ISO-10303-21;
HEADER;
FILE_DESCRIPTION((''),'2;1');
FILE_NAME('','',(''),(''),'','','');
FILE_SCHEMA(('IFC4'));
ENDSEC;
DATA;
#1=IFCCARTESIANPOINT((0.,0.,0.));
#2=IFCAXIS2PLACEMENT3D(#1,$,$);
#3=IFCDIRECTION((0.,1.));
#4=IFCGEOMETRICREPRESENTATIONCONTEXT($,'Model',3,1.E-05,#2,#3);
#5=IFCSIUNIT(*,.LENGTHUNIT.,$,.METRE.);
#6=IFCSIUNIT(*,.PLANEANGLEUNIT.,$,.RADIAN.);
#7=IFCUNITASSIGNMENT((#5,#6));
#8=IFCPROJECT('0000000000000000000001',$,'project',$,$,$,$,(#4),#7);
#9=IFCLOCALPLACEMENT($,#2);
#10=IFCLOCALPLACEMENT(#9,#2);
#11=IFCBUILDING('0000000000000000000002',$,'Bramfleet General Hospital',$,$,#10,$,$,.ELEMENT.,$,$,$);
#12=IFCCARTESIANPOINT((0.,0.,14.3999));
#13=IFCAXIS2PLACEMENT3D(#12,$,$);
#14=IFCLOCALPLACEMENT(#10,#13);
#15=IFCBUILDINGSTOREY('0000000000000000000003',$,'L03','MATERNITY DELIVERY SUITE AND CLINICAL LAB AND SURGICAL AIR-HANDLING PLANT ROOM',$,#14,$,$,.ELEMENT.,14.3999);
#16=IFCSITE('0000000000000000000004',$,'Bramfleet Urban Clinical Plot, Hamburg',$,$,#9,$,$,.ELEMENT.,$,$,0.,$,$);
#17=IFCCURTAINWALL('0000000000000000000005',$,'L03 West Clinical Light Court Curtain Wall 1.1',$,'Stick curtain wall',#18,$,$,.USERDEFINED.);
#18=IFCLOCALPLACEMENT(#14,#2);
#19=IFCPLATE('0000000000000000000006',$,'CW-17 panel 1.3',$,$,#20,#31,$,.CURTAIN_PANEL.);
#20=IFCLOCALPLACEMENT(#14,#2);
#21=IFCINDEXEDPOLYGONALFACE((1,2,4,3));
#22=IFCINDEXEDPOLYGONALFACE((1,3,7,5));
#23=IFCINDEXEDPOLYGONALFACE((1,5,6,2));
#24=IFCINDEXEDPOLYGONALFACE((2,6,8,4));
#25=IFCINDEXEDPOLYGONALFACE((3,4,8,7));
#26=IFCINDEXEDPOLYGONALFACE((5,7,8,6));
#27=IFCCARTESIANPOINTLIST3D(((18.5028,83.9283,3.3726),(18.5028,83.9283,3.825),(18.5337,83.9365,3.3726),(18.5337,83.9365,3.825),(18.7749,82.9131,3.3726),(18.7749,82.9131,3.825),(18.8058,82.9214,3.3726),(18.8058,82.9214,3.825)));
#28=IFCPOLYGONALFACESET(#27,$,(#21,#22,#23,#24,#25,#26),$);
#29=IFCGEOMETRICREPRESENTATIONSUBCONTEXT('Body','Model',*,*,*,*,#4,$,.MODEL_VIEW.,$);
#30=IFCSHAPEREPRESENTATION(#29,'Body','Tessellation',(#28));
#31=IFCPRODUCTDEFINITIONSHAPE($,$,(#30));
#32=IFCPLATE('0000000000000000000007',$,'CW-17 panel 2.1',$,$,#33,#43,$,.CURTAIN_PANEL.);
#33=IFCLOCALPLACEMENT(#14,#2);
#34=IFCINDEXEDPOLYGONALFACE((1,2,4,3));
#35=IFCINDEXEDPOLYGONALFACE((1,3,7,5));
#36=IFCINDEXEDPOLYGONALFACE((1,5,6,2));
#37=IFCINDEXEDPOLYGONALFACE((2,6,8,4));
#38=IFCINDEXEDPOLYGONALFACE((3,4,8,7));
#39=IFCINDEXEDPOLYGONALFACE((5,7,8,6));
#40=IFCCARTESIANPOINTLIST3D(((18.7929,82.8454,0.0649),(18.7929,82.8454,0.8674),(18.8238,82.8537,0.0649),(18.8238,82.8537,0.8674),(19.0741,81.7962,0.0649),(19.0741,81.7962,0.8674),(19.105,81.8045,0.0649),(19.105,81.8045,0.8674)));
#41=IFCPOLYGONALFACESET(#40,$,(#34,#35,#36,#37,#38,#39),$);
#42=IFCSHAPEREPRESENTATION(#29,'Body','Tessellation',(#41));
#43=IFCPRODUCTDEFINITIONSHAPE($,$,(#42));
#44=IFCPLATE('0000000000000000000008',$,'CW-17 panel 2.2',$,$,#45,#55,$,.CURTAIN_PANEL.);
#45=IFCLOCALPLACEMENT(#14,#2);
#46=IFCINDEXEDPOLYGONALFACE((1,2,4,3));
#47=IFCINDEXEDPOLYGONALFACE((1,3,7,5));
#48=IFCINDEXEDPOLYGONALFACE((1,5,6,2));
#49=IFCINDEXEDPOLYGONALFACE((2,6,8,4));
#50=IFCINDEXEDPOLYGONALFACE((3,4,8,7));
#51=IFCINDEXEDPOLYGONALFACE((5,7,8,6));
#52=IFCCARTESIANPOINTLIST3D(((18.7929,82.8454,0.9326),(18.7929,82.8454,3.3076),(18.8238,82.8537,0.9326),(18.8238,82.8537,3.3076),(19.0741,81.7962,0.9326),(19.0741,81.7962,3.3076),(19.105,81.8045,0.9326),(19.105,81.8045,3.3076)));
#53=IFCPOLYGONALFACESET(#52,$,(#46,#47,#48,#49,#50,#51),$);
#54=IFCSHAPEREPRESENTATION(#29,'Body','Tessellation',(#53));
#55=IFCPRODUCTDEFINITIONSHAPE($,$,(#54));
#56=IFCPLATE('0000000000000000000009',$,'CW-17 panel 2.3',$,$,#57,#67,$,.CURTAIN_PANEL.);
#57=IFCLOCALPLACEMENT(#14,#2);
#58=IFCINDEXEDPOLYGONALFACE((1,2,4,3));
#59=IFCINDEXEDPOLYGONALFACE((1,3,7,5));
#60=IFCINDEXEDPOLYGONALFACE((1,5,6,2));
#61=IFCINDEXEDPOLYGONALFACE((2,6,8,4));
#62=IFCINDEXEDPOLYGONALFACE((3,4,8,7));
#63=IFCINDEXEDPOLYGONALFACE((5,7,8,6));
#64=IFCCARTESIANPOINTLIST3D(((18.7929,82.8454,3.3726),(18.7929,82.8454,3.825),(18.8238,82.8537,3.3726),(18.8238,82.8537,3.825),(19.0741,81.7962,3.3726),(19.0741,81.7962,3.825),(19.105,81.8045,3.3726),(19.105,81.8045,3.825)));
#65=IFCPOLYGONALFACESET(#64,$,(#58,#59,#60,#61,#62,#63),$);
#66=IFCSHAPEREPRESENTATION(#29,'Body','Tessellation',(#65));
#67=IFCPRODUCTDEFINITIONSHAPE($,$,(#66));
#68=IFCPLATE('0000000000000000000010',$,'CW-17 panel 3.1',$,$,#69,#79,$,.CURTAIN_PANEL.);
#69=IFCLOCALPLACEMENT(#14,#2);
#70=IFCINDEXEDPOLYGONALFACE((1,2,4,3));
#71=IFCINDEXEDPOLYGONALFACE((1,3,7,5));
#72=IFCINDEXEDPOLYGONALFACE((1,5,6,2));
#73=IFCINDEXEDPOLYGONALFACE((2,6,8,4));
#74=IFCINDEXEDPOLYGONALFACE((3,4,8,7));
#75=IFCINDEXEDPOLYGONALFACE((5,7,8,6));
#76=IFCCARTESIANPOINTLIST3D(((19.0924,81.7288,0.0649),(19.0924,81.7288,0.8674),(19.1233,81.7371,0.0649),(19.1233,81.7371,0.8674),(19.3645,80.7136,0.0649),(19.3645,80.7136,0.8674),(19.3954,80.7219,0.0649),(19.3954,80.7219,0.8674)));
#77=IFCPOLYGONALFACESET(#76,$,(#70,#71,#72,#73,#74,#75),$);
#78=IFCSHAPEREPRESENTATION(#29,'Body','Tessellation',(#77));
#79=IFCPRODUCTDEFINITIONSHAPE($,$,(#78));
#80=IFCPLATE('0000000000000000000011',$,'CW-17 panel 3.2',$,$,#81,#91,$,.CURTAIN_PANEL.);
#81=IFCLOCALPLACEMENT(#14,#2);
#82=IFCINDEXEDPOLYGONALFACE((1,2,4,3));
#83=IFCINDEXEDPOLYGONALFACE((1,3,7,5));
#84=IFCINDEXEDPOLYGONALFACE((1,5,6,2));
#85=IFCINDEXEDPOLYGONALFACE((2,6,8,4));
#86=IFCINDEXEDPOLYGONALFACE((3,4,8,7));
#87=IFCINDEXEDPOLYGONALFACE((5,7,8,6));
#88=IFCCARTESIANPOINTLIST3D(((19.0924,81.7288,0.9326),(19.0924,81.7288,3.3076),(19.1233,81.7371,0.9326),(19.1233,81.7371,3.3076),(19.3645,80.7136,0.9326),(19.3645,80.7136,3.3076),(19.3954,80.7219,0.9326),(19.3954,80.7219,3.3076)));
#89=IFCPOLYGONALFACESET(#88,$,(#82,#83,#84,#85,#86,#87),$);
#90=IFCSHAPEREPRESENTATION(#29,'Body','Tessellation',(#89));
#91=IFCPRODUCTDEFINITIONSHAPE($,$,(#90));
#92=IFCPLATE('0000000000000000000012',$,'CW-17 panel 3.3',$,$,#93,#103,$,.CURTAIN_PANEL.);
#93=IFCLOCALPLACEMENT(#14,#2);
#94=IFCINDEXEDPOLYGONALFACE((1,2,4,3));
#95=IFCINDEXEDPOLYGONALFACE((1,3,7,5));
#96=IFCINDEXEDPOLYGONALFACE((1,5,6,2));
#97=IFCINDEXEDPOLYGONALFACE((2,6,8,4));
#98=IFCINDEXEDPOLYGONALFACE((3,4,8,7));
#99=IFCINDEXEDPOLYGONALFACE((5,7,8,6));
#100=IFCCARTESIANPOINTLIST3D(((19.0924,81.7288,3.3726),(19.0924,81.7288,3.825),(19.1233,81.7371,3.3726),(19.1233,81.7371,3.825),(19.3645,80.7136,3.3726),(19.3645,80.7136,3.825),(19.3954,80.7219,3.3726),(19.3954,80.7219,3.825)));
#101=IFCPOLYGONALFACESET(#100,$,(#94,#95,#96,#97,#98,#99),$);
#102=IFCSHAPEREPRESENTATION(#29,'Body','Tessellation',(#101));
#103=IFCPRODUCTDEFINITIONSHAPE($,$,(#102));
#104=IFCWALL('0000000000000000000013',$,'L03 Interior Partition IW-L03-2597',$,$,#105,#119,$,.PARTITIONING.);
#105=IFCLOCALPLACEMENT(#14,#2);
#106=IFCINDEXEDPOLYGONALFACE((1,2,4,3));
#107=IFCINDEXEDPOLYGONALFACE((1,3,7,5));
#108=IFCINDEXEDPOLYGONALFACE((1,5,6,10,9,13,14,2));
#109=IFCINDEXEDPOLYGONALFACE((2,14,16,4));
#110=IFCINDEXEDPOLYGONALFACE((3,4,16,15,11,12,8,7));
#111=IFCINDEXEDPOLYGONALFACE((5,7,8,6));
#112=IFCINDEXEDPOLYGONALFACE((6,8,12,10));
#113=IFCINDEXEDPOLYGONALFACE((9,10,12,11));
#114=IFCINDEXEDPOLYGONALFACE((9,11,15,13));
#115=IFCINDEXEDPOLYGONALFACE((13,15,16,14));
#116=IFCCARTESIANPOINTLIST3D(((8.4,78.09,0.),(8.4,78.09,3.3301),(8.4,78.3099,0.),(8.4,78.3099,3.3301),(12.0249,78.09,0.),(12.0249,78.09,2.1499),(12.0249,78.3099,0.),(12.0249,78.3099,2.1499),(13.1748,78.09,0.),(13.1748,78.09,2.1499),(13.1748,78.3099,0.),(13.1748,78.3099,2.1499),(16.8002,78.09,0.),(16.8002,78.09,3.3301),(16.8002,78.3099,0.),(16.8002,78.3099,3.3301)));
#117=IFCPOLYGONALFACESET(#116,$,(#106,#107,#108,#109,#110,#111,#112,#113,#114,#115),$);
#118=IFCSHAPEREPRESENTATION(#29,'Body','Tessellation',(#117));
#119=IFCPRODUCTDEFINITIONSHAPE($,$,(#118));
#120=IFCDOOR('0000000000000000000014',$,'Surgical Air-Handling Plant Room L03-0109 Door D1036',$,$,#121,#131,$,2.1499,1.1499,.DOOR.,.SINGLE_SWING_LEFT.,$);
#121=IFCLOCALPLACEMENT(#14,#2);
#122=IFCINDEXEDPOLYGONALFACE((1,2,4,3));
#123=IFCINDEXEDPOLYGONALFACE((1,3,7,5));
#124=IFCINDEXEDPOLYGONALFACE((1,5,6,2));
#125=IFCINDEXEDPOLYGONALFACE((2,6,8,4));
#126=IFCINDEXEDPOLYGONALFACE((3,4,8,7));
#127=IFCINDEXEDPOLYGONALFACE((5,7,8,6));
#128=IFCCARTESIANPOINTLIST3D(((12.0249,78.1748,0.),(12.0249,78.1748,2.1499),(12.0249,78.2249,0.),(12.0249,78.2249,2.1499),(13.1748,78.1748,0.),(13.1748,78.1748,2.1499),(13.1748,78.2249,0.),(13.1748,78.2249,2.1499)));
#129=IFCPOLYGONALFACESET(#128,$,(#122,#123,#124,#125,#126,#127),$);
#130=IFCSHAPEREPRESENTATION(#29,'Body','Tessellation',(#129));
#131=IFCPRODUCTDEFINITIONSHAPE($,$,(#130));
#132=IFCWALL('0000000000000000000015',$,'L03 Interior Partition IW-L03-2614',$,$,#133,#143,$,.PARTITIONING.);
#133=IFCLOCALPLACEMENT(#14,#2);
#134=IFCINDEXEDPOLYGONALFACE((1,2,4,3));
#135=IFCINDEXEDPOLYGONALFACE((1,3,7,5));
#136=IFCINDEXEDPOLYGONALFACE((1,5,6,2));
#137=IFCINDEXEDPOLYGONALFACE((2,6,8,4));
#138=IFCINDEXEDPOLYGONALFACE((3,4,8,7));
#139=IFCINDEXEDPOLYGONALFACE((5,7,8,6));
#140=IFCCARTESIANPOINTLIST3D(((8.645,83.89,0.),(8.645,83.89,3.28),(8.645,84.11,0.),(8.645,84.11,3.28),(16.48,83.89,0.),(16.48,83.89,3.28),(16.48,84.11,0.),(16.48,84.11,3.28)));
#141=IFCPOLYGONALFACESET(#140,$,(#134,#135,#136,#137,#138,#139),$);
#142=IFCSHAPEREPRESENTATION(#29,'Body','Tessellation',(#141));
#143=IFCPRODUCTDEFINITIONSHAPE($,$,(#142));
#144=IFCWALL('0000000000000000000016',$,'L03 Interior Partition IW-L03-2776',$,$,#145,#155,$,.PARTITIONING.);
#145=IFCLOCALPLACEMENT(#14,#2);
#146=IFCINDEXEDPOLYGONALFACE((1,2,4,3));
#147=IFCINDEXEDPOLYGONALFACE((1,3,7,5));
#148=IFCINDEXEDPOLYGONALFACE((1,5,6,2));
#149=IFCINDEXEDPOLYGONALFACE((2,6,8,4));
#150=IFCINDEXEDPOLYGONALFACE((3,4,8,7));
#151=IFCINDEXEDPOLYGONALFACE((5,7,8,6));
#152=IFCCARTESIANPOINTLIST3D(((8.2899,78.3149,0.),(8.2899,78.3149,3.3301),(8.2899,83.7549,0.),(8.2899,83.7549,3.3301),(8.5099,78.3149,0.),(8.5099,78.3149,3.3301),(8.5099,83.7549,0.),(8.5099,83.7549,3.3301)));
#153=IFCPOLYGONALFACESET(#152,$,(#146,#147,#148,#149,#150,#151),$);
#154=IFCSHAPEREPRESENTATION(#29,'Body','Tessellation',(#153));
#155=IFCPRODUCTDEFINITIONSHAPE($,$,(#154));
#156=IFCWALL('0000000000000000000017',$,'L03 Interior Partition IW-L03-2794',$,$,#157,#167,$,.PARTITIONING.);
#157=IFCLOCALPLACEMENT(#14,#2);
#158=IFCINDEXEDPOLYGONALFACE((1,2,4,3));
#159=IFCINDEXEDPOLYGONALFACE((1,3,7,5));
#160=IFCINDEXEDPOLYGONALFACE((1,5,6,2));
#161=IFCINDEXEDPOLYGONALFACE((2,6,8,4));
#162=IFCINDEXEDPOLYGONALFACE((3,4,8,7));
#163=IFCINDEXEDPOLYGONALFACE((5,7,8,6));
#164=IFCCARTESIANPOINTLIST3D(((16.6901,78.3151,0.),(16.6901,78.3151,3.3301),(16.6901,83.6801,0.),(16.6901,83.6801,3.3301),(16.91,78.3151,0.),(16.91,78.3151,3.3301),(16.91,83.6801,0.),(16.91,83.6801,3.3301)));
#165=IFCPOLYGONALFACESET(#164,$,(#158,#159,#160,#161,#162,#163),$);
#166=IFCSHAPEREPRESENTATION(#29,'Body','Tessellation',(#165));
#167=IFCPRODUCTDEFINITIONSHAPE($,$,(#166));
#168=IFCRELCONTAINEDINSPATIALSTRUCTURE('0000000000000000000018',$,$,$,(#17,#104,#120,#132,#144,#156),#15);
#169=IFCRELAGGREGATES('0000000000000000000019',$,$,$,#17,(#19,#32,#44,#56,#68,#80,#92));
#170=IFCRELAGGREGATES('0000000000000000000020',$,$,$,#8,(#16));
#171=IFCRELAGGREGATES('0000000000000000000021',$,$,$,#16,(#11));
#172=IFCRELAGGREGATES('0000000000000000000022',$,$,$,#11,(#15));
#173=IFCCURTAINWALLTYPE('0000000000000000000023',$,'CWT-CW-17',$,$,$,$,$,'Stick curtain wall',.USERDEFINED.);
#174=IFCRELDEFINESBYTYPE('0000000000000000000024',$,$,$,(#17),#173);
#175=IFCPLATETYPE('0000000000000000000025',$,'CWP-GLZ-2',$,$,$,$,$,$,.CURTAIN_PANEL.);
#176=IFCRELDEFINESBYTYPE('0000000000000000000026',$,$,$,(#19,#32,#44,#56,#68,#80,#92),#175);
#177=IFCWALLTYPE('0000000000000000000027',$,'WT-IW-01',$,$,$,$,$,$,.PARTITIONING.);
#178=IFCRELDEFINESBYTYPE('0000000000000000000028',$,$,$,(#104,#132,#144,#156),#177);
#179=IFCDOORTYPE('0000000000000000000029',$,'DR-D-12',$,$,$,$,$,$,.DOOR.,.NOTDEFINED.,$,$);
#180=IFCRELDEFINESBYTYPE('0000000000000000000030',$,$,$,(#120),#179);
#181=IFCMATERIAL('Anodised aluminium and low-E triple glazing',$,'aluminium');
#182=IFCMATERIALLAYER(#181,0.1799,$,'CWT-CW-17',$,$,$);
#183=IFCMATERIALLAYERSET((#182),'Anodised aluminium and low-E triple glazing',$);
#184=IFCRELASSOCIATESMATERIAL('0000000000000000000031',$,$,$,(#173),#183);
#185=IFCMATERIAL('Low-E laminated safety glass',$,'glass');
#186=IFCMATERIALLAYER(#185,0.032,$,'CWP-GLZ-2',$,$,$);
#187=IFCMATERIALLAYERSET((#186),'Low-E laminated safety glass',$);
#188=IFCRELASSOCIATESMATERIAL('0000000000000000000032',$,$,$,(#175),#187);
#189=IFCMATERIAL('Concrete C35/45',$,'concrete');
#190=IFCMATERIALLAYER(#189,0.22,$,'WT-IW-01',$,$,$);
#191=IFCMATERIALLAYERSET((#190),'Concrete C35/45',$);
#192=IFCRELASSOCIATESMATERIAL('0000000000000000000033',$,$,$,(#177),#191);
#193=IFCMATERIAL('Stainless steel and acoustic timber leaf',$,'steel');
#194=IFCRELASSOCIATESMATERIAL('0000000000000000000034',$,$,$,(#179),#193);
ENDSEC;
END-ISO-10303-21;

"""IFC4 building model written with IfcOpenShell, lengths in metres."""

from ifc_helpers import new_model, si_unit, direction, frame, frame_2d, origin, origin_2d, place, context, subcontext, project, spatial, rectangle, extrude, material, layer, layer_set, type_object, element, fill, aggregate, save


model = new_model("IFC4")

# Units and contexts
model_context = context("Model", 3, precision=1e-05, world=origin(), true_north=direction((0.0, 1.0)))
body_context = subcontext(model_context, "Body", "Model", "MODEL_VIEW")
ifc_project = project(units=[si_unit("LENGTHUNIT", "METRE"), si_unit("PLANEANGLEUNIT", "RADIAN")], contexts=[model_context])

# Site, building, storey
site_placement = place(None, origin())
site = spatial("IfcSite", under=ifc_project, at=site_placement, Name="Bramfleet Urban Clinical Plot, Hamburg", CompositionType="ELEMENT", RefElevation=0.0)
building_placement = place(site_placement, origin())
building = spatial("IfcBuilding", under=site, at=building_placement, Name="Bramfleet General Hospital", CompositionType="ELEMENT")
storey_placement = place(building_placement, frame((0.0, 0.0, 14.3999)))
storey = spatial("IfcBuildingStorey", under=building, at=storey_placement, Name="L03", Description="MATERNITY DELIVERY SUITE AND CLINICAL LAB AND SURGICAL AIR-HANDLING PLANT ROOM", CompositionType="ELEMENT", Elevation=14.3999)

# Shared definitions
ifc_material_1 = material(Name="Concrete C35/45", Category="concrete")

# Curtain wall, plates
ifc_material_2 = material(Name="Anodised aluminium and low-E triple glazing", Category="aluminium")
ifc_layer_1 = layer(ifc_material_2, 0.1799, Name="CWT-CW-17")
ifc_layer_set_1 = layer_set([ifc_layer_1], Name="Anodised aluminium and low-E triple glazing")
curtain_wall_type = type_object("IfcCurtainWallType", Name="CWT-CW-17", ElementType="Stick curtain wall", PredefinedType="USERDEFINED", material=ifc_layer_set_1)
curtain_wall_placement = place(storey_placement, origin())
curtain_wall = element("IfcCurtainWall", 1, at=curtain_wall_placement, inside=storey, type_object=curtain_wall_type, Name="L03 West Clinical Light Court Curtain Wall 1.1", ObjectType="Stick curtain wall", PredefinedType="USERDEFINED")
ifc_material_3 = material(Name="Low-E laminated safety glass", Category="glass")
ifc_layer_2 = layer(ifc_material_3, 0.032, Name="CWP-GLZ-2")
ifc_layer_set_2 = layer_set([ifc_layer_2], Name="Low-E laminated safety glass")
plate_type = type_object("IfcPlateType", Name="CWP-GLZ-2", PredefinedType="CURTAIN_PANEL", material=ifc_layer_set_2)
plate_1_placement = place(storey_placement, frame((18.6543, 83.4248, 3.3726), z_axis=(0.0, 0.0, 1.0), x_axis=(0.258919, -0.965899, 0.0)))
plate_1 = element("IfcPlate", 2, at=plate_1_placement, type_object=plate_type, Name="CW-17 panel 1.3", PredefinedType="CURTAIN_PANEL", context=body_context, shape_type="SweptSolid", body=[
    extrude(rectangle(XDim=1.051, YDim=0.032, at=origin_2d()), origin(), (0.0, 0.0, 1.0), 0.4524),
])
plate_2_placement = place(storey_placement, frame((18.949, 82.325, 0.0649), z_axis=(0.0, 0.0, 1.0), x_axis=(0.258919, -0.965899, 0.0)))
plate_2 = element("IfcPlate", 3, at=plate_2_placement, type_object=plate_type, Name="CW-17 panel 2.1", PredefinedType="CURTAIN_PANEL", context=body_context, shape_type="SweptSolid", body=[
    extrude(rectangle(XDim=1.0862, YDim=0.032, at=origin_2d()), origin(), (0.0, 0.0, 1.0), 0.8025),
])
plate_3_placement = place(storey_placement, frame((18.949, 82.325, 0.9326), z_axis=(0.0, 0.0, 1.0), x_axis=(0.258919, -0.965899, 0.0)))
plate_3 = element("IfcPlate", 4, at=plate_3_placement, type_object=plate_type, Name="CW-17 panel 2.2", PredefinedType="CURTAIN_PANEL", context=body_context, shape_type="SweptSolid", body=[
    extrude(rectangle(XDim=1.0862, YDim=0.032, at=origin_2d()), origin(), (0.0, 0.0, 1.0), 2.375),
])
plate_4_placement = place(storey_placement, frame((18.949, 82.325, 3.3726), z_axis=(0.0, 0.0, 1.0), x_axis=(0.258919, -0.965899, 0.0)))
plate_4 = element("IfcPlate", 5, at=plate_4_placement, type_object=plate_type, Name="CW-17 panel 2.3", PredefinedType="CURTAIN_PANEL", context=body_context, shape_type="SweptSolid", body=[
    extrude(rectangle(XDim=1.0862, YDim=0.032, at=origin_2d()), origin(), (0.0, 0.0, 1.0), 0.4524),
])
plate_5_placement = place(storey_placement, frame((19.2439, 81.2253, 0.0649), z_axis=(0.0, 0.0, 1.0), x_axis=(0.258919, -0.965899, 0.0)))
plate_5 = element("IfcPlate", 6, at=plate_5_placement, type_object=plate_type, Name="CW-17 panel 3.1", PredefinedType="CURTAIN_PANEL", context=body_context, shape_type="SweptSolid", body=[
    extrude(rectangle(XDim=1.051, YDim=0.032, at=origin_2d()), origin(), (0.0, 0.0, 1.0), 0.8025),
])
plate_6_placement = place(storey_placement, frame((19.2439, 81.2253, 0.9326), z_axis=(0.0, 0.0, 1.0), x_axis=(0.258919, -0.965899, 0.0)))
plate_6 = element("IfcPlate", 7, at=plate_6_placement, type_object=plate_type, Name="CW-17 panel 3.2", PredefinedType="CURTAIN_PANEL", context=body_context, shape_type="SweptSolid", body=[
    extrude(rectangle(XDim=1.051, YDim=0.032, at=origin_2d()), origin(), (0.0, 0.0, 1.0), 2.375),
])
plate_7_placement = place(storey_placement, frame((19.2439, 81.2253, 3.3726), z_axis=(0.0, 0.0, 1.0), x_axis=(0.258919, -0.965899, 0.0)))
plate_7 = element("IfcPlate", 8, at=plate_7_placement, type_object=plate_type, Name="CW-17 panel 3.3", PredefinedType="CURTAIN_PANEL", context=body_context, shape_type="SweptSolid", body=[
    extrude(rectangle(XDim=1.051, YDim=0.032, at=origin_2d()), origin(), (0.0, 0.0, 1.0), 0.4524),
])
aggregate(curtain_wall, [plate_1, plate_2, plate_3, plate_4, plate_5, plate_6, plate_7])

# Wall, opening, door
ifc_layer_3 = layer(ifc_material_1, 0.22, Name="WT-IW-01")
ifc_layer_set_3 = layer_set([ifc_layer_3], Name="Concrete C35/45")
wall_type_1 = type_object("IfcWallType", Name="WT-IW-01", PredefinedType="PARTITIONING", material=ifc_layer_set_3)
wall_1_placement = place(storey_placement, frame((8.3999, 78.2, 0.0), z_axis=(0.0, 0.0, 1.0), x_axis=(1.0, 0.0, 0.0)))
wall_1 = element("IfcWall", 9, at=wall_1_placement, inside=storey, type_object=wall_type_1, Name="L03 Interior Partition IW-L03-2597", PredefinedType="PARTITIONING", context=body_context, shape_type="SweptSolid", body=[
    extrude(rectangle(XDim=8.4001, YDim=0.22, at=frame_2d((4.2002, 0.0))), origin(), (0.0, 0.0, 1.0), 3.3301),
])
opening_1_placement = place(wall_1_placement, frame((3.625, 0.0, 0.0)))
opening_1 = element("IfcOpeningElement", 10, at=opening_1_placement, cuts=wall_1, PredefinedType="OPENING", context=body_context, shape_type="SweptSolid", body=[
    extrude(rectangle(XDim=1.1499, YDim=2.1499, at=frame_2d((0.575, 1.075))), frame((0.0, 0.1199, 0.0), z_axis=(0.0, -1.0, 0.0), x_axis=(1.0, 0.0, 0.0)), (0.0, 0.0, 1.0), 0.24),
])
ifc_material_4 = material(Name="Stainless steel and acoustic timber leaf", Category="steel")
door_type_1 = type_object("IfcDoorType", Name="DR-D-12", OperationType="NOTDEFINED", PredefinedType="DOOR", material=ifc_material_4)
door_1_placement = place(opening_1_placement, origin())
door_1 = element("IfcDoor", 11, at=door_1_placement, inside=storey, type_object=door_type_1, Name="Surgical Air-Handling Plant Room L03-0109 Door D1036", OperationType="SINGLE_SWING_LEFT", OverallHeight=2.1499, OverallWidth=1.1499, PredefinedType="DOOR", context=body_context, shape_type="SweptSolid", body=[
    extrude(rectangle(XDim=1.1499, YDim=2.1499, at=frame_2d((0.575, 1.075))), frame((0.0, 0.0249, 0.0), z_axis=(0.0, -1.0, 0.0), x_axis=(1.0, 0.0, 0.0)), (0.0, 0.0, 1.0), 0.05),
])
fill(opening_1, door_1)

# Walls
wall_2_placement = place(storey_placement, frame((8.645, 84.0, 0.0), z_axis=(0.0, 0.0, 1.0), x_axis=(1.0, 0.0, 0.0)))
element("IfcWall", 12, at=wall_2_placement, inside=storey, type_object=wall_type_1, Name="L03 Interior Partition IW-L03-2614", PredefinedType="PARTITIONING", context=body_context, shape_type="SweptSolid", body=[
    extrude(rectangle(XDim=7.835, YDim=0.22, at=frame_2d((3.9175, 0.0))), origin(), (0.0, 0.0, 1.0), 3.28),
])
wall_3_placement = place(storey_placement, frame((8.3999, 78.3149, 0.0), z_axis=(0.0, 0.0, 1.0), x_axis=(0.0, 1.0, 0.0)))
element("IfcWall", 13, at=wall_3_placement, inside=storey, type_object=wall_type_1, Name="L03 Interior Partition IW-L03-2776", PredefinedType="PARTITIONING", context=body_context, shape_type="SweptSolid", body=[
    extrude(rectangle(XDim=5.4399, YDim=0.22, at=frame_2d((2.72, 0.0))), origin(), (0.0, 0.0, 1.0), 3.3301),
])
wall_4_placement = place(storey_placement, frame((16.8, 78.3149, 0.0), z_axis=(0.0, 0.0, 1.0), x_axis=(0.0, 1.0, 0.0)))
element("IfcWall", 14, at=wall_4_placement, inside=storey, type_object=wall_type_1, Name="L03 Interior Partition IW-L03-2794", PredefinedType="PARTITIONING", context=body_context, shape_type="SweptSolid", body=[
    extrude(rectangle(XDim=5.365, YDim=0.22, at=frame_2d((2.6826, 0.0))), origin(), (0.0, 0.0, 1.0), 3.3301),
])

save(model, "model.ifc")
